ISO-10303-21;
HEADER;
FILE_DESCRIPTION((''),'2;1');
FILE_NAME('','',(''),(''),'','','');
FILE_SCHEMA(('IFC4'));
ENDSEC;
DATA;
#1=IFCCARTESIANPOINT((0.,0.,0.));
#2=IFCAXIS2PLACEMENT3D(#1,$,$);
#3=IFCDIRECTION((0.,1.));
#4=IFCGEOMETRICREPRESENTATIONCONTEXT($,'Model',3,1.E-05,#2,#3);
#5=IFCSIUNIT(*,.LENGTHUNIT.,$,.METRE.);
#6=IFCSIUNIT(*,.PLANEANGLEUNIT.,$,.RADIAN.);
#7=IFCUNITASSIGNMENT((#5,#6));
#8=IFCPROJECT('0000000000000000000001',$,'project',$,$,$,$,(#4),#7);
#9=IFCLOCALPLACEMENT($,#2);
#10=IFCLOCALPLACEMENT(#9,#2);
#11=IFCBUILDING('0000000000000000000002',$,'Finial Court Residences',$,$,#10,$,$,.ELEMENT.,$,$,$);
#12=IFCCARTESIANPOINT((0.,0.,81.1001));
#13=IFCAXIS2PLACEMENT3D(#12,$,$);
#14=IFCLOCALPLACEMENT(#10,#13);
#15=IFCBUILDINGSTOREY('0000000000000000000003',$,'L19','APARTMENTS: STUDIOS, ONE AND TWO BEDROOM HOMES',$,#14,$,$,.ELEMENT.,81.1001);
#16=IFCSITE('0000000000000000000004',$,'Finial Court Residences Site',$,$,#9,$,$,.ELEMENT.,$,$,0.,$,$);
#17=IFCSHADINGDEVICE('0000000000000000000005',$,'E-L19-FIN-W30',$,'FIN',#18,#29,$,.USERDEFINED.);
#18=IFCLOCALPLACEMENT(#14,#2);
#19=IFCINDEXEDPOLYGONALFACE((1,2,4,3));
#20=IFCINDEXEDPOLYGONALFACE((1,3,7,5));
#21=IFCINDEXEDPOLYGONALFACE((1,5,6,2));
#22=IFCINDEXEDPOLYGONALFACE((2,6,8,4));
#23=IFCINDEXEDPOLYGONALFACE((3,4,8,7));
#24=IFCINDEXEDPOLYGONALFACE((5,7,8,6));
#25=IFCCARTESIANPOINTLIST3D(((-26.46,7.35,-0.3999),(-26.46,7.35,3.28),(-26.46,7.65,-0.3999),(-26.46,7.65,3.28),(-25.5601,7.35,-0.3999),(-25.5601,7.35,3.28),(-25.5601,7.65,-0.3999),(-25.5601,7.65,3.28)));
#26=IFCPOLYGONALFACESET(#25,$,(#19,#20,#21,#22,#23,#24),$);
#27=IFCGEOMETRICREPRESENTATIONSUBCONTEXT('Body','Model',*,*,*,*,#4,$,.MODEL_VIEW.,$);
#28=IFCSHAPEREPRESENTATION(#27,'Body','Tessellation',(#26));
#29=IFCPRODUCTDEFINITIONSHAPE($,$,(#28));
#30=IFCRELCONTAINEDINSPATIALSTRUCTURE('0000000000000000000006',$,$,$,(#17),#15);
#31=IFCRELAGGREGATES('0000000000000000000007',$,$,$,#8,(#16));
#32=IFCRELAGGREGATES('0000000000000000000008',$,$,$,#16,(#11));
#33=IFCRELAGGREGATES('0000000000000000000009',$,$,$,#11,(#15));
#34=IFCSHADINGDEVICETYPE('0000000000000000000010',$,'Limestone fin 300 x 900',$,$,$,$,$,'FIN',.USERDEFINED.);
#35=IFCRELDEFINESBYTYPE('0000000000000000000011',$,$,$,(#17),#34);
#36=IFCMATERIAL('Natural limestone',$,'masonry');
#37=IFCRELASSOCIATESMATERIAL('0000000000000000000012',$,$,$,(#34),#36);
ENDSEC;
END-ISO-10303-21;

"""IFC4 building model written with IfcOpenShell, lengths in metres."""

from ifc_helpers import new_model, si_unit, direction, frame, origin, origin_2d, place, context, subcontext, project, spatial, rectangle, extrude, material, type_object, element, save


model = new_model("IFC4")

# Units and contexts
model_context = context("Model", 3, precision=1e-05, world=origin(), true_north=direction((0.0, 1.0)))
body_context = subcontext(model_context, "Body", "Model", "MODEL_VIEW")
ifc_project = project(units=[si_unit("LENGTHUNIT", "METRE"), si_unit("PLANEANGLEUNIT", "RADIAN")], contexts=[model_context])

# Site, building, storey
site_placement = place(None, origin())
site = spatial("IfcSite", under=ifc_project, at=site_placement, Name="Finial Court Residences Site", CompositionType="ELEMENT", RefElevation=0.0)
building_placement = place(site_placement, origin())
building = spatial("IfcBuilding", under=site, at=building_placement, Name="Finial Court Residences", CompositionType="ELEMENT")
storey_placement = place(building_placement, frame((0.0, 0.0, 81.1001)))
storey = spatial("IfcBuildingStorey", under=building, at=storey_placement, Name="L19", Description="APARTMENTS: STUDIOS, ONE AND TWO BEDROOM HOMES", CompositionType="ELEMENT", Elevation=81.1001)

# Shared definitions
ifc_material_1 = material(Name="Natural limestone", Category="masonry")

# Shading device
shading_device_type = type_object("IfcShadingDeviceType", Name="Limestone fin 300 x 900", ElementType="FIN", PredefinedType="USERDEFINED", material=ifc_material_1)
for number, where, z_axis, x_axis, name in (
    (1, (-26.01, 7.5, -0.3999), (0.0, 0.0, 1.0), (1.0, 0.0, 0.0), "E-L19-FIN-W30"),
):
    element("IfcShadingDevice", number, at=place(storey_placement, frame(where, z_axis=z_axis, x_axis=x_axis)), inside=storey, type_object=shading_device_type, Name=name, ObjectType="FIN", PredefinedType="USERDEFINED", context=body_context, shape_type="SweptSolid", body=[
        extrude(rectangle(XDim=0.8999, YDim=0.3, at=origin_2d()), origin(), (0.0, 0.0, 1.0), 3.6799),
    ])

save(model, "model.ifc")
